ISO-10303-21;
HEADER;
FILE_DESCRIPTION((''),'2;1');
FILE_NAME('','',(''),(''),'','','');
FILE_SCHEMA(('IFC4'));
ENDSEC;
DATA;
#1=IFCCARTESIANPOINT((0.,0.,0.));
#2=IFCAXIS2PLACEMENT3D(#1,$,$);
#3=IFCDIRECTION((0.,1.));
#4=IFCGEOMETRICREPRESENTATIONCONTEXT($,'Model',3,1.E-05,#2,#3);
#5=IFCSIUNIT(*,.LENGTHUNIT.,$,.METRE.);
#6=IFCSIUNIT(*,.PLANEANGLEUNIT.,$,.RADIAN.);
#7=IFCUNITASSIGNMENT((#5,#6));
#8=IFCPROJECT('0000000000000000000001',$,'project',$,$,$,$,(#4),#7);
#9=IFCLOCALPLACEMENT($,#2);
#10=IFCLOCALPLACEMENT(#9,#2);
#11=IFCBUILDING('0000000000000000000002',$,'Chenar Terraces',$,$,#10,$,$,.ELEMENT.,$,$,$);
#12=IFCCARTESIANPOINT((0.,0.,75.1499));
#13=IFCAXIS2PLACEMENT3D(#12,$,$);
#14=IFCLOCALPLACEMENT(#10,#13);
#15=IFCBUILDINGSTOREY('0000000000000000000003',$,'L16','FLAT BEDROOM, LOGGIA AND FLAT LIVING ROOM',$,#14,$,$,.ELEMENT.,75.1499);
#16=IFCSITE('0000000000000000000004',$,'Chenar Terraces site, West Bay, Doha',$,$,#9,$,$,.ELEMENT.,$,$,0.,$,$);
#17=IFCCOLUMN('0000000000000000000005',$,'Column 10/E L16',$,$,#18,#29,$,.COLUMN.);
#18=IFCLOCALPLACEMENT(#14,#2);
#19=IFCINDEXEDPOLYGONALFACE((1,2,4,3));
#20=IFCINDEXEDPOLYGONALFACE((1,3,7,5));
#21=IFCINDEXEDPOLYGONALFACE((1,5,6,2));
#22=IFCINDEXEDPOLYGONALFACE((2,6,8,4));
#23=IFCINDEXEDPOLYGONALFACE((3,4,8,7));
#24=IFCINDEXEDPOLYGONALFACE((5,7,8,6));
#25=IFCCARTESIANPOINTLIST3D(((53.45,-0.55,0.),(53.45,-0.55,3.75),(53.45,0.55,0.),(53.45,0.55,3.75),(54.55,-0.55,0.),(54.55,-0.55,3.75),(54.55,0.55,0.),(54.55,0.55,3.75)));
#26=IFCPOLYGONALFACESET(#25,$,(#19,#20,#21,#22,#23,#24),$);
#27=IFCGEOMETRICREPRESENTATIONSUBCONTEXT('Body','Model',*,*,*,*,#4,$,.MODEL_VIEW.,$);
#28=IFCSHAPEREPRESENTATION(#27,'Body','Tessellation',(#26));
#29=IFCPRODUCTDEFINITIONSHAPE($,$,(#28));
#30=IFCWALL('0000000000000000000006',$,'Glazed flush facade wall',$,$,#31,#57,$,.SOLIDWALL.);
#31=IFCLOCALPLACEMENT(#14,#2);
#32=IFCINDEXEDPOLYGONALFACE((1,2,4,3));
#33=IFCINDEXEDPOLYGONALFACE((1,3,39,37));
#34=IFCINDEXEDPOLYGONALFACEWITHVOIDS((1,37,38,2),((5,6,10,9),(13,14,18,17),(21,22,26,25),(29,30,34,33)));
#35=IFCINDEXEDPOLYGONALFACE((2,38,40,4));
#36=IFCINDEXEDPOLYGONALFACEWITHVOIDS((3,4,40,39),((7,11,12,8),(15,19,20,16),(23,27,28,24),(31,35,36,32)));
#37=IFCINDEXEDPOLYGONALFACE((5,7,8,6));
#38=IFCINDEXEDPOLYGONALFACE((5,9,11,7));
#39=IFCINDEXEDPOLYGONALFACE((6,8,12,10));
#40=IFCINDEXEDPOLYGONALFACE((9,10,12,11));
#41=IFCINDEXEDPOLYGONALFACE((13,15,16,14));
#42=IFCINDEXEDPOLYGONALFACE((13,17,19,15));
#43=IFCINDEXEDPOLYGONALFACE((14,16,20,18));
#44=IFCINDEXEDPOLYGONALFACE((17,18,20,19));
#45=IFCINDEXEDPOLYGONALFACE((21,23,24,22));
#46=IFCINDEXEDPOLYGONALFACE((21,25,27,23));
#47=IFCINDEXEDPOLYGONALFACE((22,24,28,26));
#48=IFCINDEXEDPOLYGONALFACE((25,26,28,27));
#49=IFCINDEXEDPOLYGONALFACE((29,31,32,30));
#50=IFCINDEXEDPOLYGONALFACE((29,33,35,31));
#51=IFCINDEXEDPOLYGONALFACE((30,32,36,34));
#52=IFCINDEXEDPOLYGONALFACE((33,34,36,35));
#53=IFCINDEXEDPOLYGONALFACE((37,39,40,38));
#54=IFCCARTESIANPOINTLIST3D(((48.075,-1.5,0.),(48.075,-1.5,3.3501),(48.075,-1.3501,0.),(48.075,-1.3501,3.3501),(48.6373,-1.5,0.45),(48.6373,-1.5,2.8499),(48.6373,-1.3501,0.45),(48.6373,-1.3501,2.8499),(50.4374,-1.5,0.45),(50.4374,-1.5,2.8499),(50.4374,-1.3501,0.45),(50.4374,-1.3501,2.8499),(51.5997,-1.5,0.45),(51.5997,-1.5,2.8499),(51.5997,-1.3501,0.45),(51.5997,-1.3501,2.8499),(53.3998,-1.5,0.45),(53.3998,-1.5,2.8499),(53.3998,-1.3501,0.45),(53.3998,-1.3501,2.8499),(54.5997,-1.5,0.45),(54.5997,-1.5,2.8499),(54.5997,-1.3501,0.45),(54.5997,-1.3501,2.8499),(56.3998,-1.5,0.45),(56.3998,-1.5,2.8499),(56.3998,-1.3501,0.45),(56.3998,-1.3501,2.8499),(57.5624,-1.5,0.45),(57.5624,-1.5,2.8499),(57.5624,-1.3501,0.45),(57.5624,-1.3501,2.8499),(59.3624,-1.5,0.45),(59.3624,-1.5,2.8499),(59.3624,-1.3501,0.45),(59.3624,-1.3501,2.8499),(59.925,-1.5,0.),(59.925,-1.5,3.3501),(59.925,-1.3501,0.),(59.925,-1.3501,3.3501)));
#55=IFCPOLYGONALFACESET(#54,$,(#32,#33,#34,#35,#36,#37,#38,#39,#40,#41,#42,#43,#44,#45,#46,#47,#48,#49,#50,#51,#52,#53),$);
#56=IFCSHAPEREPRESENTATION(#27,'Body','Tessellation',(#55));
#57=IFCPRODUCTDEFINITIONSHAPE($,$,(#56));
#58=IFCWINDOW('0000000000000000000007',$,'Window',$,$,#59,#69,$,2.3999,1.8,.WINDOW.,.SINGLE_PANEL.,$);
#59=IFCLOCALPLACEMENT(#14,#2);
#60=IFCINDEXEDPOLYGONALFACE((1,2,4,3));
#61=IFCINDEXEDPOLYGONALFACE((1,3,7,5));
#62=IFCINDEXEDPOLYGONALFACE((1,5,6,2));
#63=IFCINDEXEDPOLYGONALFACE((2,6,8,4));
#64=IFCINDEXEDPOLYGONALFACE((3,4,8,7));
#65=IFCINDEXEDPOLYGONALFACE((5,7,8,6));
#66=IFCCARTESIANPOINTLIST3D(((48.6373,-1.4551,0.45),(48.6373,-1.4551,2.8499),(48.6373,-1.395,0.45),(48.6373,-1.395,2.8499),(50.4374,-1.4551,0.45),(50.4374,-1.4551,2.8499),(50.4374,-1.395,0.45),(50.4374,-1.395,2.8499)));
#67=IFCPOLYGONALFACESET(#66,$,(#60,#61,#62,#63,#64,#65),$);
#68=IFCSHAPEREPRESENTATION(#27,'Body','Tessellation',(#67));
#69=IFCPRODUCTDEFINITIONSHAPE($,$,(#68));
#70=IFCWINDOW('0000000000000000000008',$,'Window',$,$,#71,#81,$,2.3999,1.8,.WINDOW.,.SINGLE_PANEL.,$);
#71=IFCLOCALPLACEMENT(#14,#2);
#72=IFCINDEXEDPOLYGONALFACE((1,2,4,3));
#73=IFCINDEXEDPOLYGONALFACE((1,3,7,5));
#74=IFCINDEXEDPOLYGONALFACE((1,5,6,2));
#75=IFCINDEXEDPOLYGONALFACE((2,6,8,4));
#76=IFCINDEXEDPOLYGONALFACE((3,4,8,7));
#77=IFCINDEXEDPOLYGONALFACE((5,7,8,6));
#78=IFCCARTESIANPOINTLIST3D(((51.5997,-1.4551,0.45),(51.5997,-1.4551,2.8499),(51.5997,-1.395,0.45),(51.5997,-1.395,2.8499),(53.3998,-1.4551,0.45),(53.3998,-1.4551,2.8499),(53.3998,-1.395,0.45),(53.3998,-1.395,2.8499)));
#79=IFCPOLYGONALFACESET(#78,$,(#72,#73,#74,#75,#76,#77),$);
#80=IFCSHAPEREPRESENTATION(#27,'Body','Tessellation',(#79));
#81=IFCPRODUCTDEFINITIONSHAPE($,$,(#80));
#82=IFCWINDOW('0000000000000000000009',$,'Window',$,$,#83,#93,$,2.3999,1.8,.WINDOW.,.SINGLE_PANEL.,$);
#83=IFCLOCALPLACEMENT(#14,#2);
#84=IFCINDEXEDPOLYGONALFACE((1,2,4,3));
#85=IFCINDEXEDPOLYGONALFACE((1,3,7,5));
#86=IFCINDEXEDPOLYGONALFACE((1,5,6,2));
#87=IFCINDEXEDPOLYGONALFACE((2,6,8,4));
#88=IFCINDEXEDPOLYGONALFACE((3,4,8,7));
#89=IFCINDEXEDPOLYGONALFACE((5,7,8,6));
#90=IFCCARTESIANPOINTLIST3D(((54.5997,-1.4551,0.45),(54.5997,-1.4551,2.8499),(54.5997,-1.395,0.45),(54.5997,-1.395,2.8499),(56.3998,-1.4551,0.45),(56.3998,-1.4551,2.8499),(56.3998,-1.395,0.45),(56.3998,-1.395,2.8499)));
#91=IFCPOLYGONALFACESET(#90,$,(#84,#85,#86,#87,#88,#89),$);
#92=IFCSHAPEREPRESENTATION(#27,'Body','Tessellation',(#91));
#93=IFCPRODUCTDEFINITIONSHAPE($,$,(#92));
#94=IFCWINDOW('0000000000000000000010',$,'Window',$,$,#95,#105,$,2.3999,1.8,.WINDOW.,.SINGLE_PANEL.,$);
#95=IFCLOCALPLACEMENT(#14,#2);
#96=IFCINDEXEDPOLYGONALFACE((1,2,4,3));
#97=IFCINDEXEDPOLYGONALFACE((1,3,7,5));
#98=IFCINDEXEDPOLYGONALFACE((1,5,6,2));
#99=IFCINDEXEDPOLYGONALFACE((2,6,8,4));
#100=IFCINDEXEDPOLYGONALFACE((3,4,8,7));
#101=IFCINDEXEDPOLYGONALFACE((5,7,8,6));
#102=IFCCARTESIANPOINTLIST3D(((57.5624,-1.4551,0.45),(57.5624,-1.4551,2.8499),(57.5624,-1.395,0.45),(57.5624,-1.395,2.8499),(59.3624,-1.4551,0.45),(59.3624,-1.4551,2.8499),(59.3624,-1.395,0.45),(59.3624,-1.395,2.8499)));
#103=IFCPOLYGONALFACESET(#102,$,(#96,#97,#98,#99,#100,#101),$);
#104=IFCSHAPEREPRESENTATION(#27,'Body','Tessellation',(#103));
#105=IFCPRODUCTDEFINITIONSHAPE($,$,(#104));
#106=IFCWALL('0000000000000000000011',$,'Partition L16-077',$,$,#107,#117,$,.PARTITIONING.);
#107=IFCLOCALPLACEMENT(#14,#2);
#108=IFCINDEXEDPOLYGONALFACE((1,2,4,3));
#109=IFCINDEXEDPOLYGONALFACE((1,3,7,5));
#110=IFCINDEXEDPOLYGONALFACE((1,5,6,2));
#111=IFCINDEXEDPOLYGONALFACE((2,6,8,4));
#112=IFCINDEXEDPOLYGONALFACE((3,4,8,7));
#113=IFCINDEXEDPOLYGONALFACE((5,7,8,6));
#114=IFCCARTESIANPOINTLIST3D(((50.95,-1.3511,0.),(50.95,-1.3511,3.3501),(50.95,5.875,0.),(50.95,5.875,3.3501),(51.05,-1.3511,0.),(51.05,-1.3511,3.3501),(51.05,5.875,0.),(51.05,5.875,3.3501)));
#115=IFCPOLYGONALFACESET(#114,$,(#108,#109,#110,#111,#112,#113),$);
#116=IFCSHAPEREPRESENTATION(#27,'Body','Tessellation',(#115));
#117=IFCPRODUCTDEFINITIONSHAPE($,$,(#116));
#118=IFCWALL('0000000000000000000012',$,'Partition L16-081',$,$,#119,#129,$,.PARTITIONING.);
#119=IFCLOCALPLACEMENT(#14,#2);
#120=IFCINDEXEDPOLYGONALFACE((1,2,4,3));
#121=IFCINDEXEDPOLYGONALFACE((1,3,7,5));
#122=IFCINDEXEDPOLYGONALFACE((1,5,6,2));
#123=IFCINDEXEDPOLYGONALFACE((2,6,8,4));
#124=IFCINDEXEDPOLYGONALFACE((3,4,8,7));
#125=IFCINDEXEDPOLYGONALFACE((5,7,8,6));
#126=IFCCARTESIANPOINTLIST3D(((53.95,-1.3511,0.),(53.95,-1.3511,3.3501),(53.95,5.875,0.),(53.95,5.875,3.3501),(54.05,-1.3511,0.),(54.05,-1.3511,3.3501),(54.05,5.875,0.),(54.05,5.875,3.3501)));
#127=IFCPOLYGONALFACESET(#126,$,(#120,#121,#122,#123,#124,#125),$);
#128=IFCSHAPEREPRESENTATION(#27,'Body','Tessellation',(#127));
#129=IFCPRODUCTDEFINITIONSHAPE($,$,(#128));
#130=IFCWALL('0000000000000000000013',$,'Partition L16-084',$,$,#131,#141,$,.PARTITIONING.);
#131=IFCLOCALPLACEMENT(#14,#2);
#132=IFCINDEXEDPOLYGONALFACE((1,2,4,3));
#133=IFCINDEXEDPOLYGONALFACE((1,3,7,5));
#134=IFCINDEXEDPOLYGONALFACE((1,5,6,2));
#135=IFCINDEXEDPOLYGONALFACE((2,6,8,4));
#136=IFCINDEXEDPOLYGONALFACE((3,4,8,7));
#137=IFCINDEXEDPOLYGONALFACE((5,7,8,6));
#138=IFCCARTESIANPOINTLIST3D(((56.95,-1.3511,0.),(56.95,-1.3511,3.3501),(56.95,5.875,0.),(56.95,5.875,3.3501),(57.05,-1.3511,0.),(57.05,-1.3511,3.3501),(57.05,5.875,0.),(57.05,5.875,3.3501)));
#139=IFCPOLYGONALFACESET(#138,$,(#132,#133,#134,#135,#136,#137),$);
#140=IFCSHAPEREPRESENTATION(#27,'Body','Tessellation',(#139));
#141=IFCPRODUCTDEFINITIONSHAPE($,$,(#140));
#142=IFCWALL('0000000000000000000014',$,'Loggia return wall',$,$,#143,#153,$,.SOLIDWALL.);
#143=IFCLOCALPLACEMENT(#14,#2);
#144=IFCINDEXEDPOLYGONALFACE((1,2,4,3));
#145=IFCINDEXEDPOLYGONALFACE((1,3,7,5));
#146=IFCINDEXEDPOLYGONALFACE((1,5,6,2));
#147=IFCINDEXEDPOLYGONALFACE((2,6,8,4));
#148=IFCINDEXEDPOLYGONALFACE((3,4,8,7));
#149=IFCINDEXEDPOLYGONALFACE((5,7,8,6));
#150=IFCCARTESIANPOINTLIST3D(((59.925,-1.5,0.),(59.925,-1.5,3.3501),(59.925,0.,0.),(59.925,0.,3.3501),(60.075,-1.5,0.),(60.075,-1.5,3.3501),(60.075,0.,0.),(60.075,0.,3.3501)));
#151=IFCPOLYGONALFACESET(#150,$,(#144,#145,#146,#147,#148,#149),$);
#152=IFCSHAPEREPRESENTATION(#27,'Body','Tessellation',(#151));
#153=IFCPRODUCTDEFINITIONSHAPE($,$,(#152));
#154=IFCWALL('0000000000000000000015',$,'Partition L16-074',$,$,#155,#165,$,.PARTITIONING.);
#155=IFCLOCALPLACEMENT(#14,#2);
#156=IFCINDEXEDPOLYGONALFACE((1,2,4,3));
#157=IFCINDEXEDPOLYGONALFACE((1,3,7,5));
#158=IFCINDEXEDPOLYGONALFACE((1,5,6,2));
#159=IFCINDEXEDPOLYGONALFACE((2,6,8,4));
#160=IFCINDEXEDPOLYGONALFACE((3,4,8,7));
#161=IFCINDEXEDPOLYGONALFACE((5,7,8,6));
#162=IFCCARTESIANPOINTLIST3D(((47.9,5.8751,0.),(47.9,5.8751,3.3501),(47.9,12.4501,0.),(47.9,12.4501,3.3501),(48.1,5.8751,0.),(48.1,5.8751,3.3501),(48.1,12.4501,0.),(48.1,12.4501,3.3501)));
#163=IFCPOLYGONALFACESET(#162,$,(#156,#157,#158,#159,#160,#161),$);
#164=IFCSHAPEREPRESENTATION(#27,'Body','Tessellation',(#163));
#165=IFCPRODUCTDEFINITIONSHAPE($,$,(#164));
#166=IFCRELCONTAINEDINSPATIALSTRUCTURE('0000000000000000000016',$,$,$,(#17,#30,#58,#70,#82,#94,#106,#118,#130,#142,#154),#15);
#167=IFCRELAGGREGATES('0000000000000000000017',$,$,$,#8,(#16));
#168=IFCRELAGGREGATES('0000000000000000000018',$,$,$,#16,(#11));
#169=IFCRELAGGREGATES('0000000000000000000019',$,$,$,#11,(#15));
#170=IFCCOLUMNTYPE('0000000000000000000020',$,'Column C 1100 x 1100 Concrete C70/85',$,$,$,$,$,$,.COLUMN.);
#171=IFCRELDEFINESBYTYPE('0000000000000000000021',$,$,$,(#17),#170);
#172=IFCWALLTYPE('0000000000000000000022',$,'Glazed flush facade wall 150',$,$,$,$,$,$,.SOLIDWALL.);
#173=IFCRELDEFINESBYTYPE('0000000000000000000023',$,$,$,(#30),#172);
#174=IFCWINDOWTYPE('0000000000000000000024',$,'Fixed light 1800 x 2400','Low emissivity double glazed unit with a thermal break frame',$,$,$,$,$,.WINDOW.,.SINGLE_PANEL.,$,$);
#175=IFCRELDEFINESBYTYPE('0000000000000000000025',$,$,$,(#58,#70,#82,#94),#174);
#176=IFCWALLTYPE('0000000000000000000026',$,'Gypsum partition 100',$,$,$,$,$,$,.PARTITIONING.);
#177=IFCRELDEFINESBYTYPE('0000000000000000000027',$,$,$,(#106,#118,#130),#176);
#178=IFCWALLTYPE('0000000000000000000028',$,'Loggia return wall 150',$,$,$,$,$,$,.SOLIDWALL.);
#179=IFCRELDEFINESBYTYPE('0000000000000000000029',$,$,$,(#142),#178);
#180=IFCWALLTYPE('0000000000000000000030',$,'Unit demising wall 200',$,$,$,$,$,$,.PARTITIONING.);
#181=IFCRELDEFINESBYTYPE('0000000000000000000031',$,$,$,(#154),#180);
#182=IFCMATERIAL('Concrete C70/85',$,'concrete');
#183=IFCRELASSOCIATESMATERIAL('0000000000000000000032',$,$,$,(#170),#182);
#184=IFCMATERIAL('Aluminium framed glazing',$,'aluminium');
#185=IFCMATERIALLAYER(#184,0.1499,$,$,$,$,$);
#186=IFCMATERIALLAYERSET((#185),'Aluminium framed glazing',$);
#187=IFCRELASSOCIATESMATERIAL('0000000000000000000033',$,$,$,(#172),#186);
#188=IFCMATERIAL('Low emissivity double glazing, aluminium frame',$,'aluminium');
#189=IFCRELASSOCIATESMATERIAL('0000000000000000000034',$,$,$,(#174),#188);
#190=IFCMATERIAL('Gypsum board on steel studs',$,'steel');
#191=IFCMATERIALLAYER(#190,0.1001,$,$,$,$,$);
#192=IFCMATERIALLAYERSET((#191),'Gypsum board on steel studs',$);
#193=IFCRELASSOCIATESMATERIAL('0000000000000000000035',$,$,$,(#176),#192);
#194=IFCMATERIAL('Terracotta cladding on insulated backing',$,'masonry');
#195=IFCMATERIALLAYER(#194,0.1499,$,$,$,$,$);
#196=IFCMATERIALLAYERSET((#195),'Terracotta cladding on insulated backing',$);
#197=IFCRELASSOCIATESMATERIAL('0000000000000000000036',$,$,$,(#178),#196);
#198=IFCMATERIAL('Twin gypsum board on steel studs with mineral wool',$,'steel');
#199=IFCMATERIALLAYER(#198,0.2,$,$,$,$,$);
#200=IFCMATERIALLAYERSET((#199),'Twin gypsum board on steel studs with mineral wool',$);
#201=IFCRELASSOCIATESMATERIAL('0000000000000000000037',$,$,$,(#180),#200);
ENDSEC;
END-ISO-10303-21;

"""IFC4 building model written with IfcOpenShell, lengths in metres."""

from ifc_helpers import new_model, si_unit, direction, frame, frame_2d, origin, origin_2d, place, context, subcontext, project, spatial, rectangle, extrude, material, layer, layer_set, material_profile, profile_set, type_object, element, fill, save


model = new_model("IFC4")

# Units and contexts
model_context = context("Model", 3, precision=1e-05, world=origin(), true_north=direction((0.0, 1.0)))
body_context = subcontext(model_context, "Body", "Model", "MODEL_VIEW")
ifc_project = project(units=[si_unit("LENGTHUNIT", "METRE"), si_unit("PLANEANGLEUNIT", "RADIAN")], contexts=[model_context])

# Site, building, storey
site_placement = place(None, origin())
site = spatial("IfcSite", under=ifc_project, at=site_placement, Name="Chenar Terraces site, West Bay, Doha", CompositionType="ELEMENT", RefElevation=0.0)
building_placement = place(site_placement, origin())
building = spatial("IfcBuilding", under=site, at=building_placement, Name="Chenar Terraces", CompositionType="ELEMENT")
storey_placement = place(building_placement, frame((0.0, 0.0, 75.1499)))
storey = spatial("IfcBuildingStorey", under=building, at=storey_placement, Name="L16", Description="FLAT BEDROOM, LOGGIA AND FLAT LIVING ROOM", CompositionType="ELEMENT", Elevation=75.1499)

# Column
ifc_material_1 = material(Name="Concrete C70/85", Category="concrete")
ifc_material_profile = material_profile(ifc_material_1, rectangle(XDim=1.1001, YDim=1.1001, at=origin_2d()), Name="C 1100 x 1100")
ifc_profile_set = profile_set([ifc_material_profile], Name="Concrete C70/85")
column_type = type_object("IfcColumnType", Name="Column C 1100 x 1100 Concrete C70/85", PredefinedType="COLUMN", material=ifc_profile_set)
column_placement = place(storey_placement, frame((54.0, 0.0, 0.0), z_axis=(0.0, 0.0, 1.0), x_axis=(1.0, 0.0, 0.0)))
element("IfcColumn", 1, at=column_placement, inside=storey, type_object=column_type, Name="Column 10/E L16", PredefinedType="COLUMN", context=body_context, shape_type="SweptSolid", body=[
    extrude(rectangle(XDim=1.1001, YDim=1.1001, at=origin_2d()), origin(), (0.0, 0.0, 1.0), 3.75),
])

# Wall, openings, windows
ifc_material_2 = material(Name="Aluminium framed glazing", Category="aluminium")
ifc_layer_1 = layer(ifc_material_2, 0.1499)
ifc_layer_set_1 = layer_set([ifc_layer_1], Name="Aluminium framed glazing")
wall_type_1 = type_object("IfcWallType", Name="Glazed flush facade wall 150", PredefinedType="SOLIDWALL", material=ifc_layer_set_1)
wall_1_placement = place(storey_placement, frame((48.075, -1.425, 0.0), z_axis=(0.0, 0.0, 1.0), x_axis=(1.0, 0.0, 0.0)))
wall_1 = element("IfcWall", 2, at=wall_1_placement, inside=storey, type_object=wall_type_1, Name="Glazed flush facade wall", PredefinedType="SOLIDWALL", context=body_context, shape_type="SweptSolid", body=[
    extrude(rectangle(XDim=11.8501, YDim=0.1499, at=frame_2d((5.925, 0.0))), origin(), (0.0, 0.0, 1.0), 3.3501),
])
opening_1_placement = place(wall_1_placement, frame((0.5625, 0.0, 0.45)))
opening_1 = element("IfcOpeningElement", 3, at=opening_1_placement, cuts=wall_1, PredefinedType="OPENING", context=body_context, shape_type="SweptSolid", body=[
    extrude(rectangle(XDim=1.8, YDim=2.3999, at=frame_2d((0.8999, 1.2))), frame((0.0, 0.085, 0.0), z_axis=(0.0, -1.0, 0.0), x_axis=(1.0, 0.0, 0.0)), (0.0, 0.0, 1.0), 0.1699),
])
opening_2_placement = place(wall_1_placement, frame((3.5249, 0.0, 0.45)))
opening_2 = element("IfcOpeningElement", 4, at=opening_2_placement, cuts=wall_1, PredefinedType="OPENING", context=body_context, shape_type="SweptSolid", body=[
    extrude(rectangle(XDim=1.8, YDim=2.3999, at=frame_2d((0.8999, 1.2))), frame((0.0, 0.085, 0.0), z_axis=(0.0, -1.0, 0.0), x_axis=(1.0, 0.0, 0.0)), (0.0, 0.0, 1.0), 0.1699),
])
opening_3_placement = place(wall_1_placement, frame((6.5249, 0.0, 0.45)))
opening_3 = element("IfcOpeningElement", 5, at=opening_3_placement, cuts=wall_1, PredefinedType="OPENING", context=body_context, shape_type="SweptSolid", body=[
    extrude(rectangle(XDim=1.8, YDim=2.3999, at=frame_2d((0.8999, 1.2))), frame((0.0, 0.085, 0.0), z_axis=(0.0, -1.0, 0.0), x_axis=(1.0, 0.0, 0.0)), (0.0, 0.0, 1.0), 0.1699),
])
opening_4_placement = place(wall_1_placement, frame((9.4875, 0.0, 0.45)))
opening_4 = element("IfcOpeningElement", 6, at=opening_4_placement, cuts=wall_1, PredefinedType="OPENING", context=body_context, shape_type="SweptSolid", body=[
    extrude(rectangle(XDim=1.8, YDim=2.3999, at=frame_2d((0.8999, 1.2))), frame((0.0, 0.085, 0.0), z_axis=(0.0, -1.0, 0.0), x_axis=(1.0, 0.0, 0.0)), (0.0, 0.0, 1.0), 0.1699),
])
ifc_material_3 = material(Name="Low emissivity double glazing, aluminium frame", Category="aluminium")
window_type = type_object("IfcWindowType", Name="Fixed light 1800 x 2400", Description="Low emissivity double glazed unit with a thermal break frame", PartitioningType="SINGLE_PANEL", PredefinedType="WINDOW", material=ifc_material_3)
window_1_placement = place(opening_1_placement, origin())
window_1 = element("IfcWindow", 7, at=window_1_placement, inside=storey, type_object=window_type, Name="Window", OverallHeight=2.3999, OverallWidth=1.8, PartitioningType="SINGLE_PANEL", PredefinedType="WINDOW", context=body_context, shape_type="SweptSolid", body=[
    extrude(rectangle(XDim=1.8, YDim=2.3999, at=frame_2d((0.8999, 1.2))), frame((0.0, 0.03, 0.0), z_axis=(0.0, -1.0, 0.0), x_axis=(1.0, 0.0, 0.0)), (0.0, 0.0, 1.0), 0.0601),
])
fill(opening_1, window_1)
window_2_placement = place(opening_2_placement, origin())
window_2 = element("IfcWindow", 8, at=window_2_placement, inside=storey, type_object=window_type, Name="Window", OverallHeight=2.3999, OverallWidth=1.8, PartitioningType="SINGLE_PANEL", PredefinedType="WINDOW", context=body_context, shape_type="SweptSolid", body=[
    extrude(rectangle(XDim=1.8, YDim=2.3999, at=frame_2d((0.8999, 1.2))), frame((0.0, 0.03, 0.0), z_axis=(0.0, -1.0, 0.0), x_axis=(1.0, 0.0, 0.0)), (0.0, 0.0, 1.0), 0.0601),
])
fill(opening_2, window_2)
window_3_placement = place(opening_3_placement, origin())
window_3 = element("IfcWindow", 9, at=window_3_placement, inside=storey, type_object=window_type, Name="Window", OverallHeight=2.3999, OverallWidth=1.8, PartitioningType="SINGLE_PANEL", PredefinedType="WINDOW", context=body_context, shape_type="SweptSolid", body=[
    extrude(rectangle(XDim=1.8, YDim=2.3999, at=frame_2d((0.8999, 1.2))), frame((0.0, 0.03, 0.0), z_axis=(0.0, -1.0, 0.0), x_axis=(1.0, 0.0, 0.0)), (0.0, 0.0, 1.0), 0.0601),
])
fill(opening_3, window_3)
window_4_placement = place(opening_4_placement, origin())
window_4 = element("IfcWindow", 10, at=window_4_placement, inside=storey, type_object=window_type, Name="Window", OverallHeight=2.3999, OverallWidth=1.8, PartitioningType="SINGLE_PANEL", PredefinedType="WINDOW", context=body_context, shape_type="SweptSolid", body=[
    extrude(rectangle(XDim=1.8, YDim=2.3999, at=frame_2d((0.8999, 1.2))), frame((0.0, 0.03, 0.0), z_axis=(0.0, -1.0, 0.0), x_axis=(1.0, 0.0, 0.0)), (0.0, 0.0, 1.0), 0.0601),
])
fill(opening_4, window_4)

# Walls
ifc_material_4 = material(Name="Gypsum board on steel studs", Category="steel")
ifc_layer_2 = layer(ifc_material_4, 0.1001)
ifc_layer_set_2 = layer_set([ifc_layer_2], Name="Gypsum board on steel studs")
wall_type_2 = type_object("IfcWallType", Name="Gypsum partition 100", PredefinedType="PARTITIONING", material=ifc_layer_set_2)
for number, where, z_axis, x_axis, name in (
    (11, (51.0, -1.3511, 0.0), (0.0, 0.0, 1.0), (0.0, 1.0, 0.0), "Partition L16-077"),
    (12, (54.0, -1.3511, 0.0), (0.0, 0.0, 1.0), (0.0, 1.0, 0.0), "Partition L16-081"),
    (13, (57.0, -1.3511, 0.0), (0.0, 0.0, 1.0), (0.0, 1.0, 0.0), "Partition L16-084"),
):
    element("IfcWall", number, at=place(storey_placement, frame(where, z_axis=z_axis, x_axis=x_axis)), inside=storey, type_object=wall_type_2, Name=name, PredefinedType="PARTITIONING", context=body_context, shape_type="SweptSolid", body=[
        extrude(rectangle(XDim=7.2261, YDim=0.1001, at=frame_2d((3.613, 0.0))), origin(), (0.0, 0.0, 1.0), 3.3501),
    ])
ifc_material_5 = material(Name="Terracotta cladding on insulated backing", Category="masonry")
ifc_layer_3 = layer(ifc_material_5, 0.1499)
ifc_layer_set_3 = layer_set([ifc_layer_3], Name="Terracotta cladding on insulated backing")
wall_type_3 = type_object("IfcWallType", Name="Loggia return wall 150", PredefinedType="SOLIDWALL", material=ifc_layer_set_3)
wall_2_placement = place(storey_placement, frame((60.0, -1.5, 0.0), z_axis=(0.0, 0.0, 1.0), x_axis=(0.0, 1.0, 0.0)))
element("IfcWall", 14, at=wall_2_placement, inside=storey, type_object=wall_type_3, Name="Loggia return wall", PredefinedType="SOLIDWALL", context=body_context, shape_type="SweptSolid", body=[
    extrude(rectangle(XDim=1.5, YDim=0.1499, at=frame_2d((0.75, 0.0))), origin(), (0.0, 0.0, 1.0), 3.3501),
])
ifc_material_6 = material(Name="Twin gypsum board on steel studs with mineral wool", Category="steel")
ifc_layer_4 = layer(ifc_material_6, 0.2)
ifc_layer_set_4 = layer_set([ifc_layer_4], Name="Twin gypsum board on steel studs with mineral wool")
wall_type_4 = type_object("IfcWallType", Name="Unit demising wall 200", PredefinedType="PARTITIONING", material=ifc_layer_set_4)
wall_3_placement = place(storey_placement, frame((48.0, 5.875, 0.0), z_axis=(0.0, 0.0, 1.0), x_axis=(0.0, 1.0, 0.0)))
element("IfcWall", 15, at=wall_3_placement, inside=storey, type_object=wall_type_4, Name="Partition L16-074", PredefinedType="PARTITIONING", context=body_context, shape_type="SweptSolid", body=[
    extrude(rectangle(XDim=6.575, YDim=0.2, at=frame_2d((3.2876, 0.0))), origin(), (0.0, 0.0, 1.0), 3.3501),
])

save(model, "model.ifc")
